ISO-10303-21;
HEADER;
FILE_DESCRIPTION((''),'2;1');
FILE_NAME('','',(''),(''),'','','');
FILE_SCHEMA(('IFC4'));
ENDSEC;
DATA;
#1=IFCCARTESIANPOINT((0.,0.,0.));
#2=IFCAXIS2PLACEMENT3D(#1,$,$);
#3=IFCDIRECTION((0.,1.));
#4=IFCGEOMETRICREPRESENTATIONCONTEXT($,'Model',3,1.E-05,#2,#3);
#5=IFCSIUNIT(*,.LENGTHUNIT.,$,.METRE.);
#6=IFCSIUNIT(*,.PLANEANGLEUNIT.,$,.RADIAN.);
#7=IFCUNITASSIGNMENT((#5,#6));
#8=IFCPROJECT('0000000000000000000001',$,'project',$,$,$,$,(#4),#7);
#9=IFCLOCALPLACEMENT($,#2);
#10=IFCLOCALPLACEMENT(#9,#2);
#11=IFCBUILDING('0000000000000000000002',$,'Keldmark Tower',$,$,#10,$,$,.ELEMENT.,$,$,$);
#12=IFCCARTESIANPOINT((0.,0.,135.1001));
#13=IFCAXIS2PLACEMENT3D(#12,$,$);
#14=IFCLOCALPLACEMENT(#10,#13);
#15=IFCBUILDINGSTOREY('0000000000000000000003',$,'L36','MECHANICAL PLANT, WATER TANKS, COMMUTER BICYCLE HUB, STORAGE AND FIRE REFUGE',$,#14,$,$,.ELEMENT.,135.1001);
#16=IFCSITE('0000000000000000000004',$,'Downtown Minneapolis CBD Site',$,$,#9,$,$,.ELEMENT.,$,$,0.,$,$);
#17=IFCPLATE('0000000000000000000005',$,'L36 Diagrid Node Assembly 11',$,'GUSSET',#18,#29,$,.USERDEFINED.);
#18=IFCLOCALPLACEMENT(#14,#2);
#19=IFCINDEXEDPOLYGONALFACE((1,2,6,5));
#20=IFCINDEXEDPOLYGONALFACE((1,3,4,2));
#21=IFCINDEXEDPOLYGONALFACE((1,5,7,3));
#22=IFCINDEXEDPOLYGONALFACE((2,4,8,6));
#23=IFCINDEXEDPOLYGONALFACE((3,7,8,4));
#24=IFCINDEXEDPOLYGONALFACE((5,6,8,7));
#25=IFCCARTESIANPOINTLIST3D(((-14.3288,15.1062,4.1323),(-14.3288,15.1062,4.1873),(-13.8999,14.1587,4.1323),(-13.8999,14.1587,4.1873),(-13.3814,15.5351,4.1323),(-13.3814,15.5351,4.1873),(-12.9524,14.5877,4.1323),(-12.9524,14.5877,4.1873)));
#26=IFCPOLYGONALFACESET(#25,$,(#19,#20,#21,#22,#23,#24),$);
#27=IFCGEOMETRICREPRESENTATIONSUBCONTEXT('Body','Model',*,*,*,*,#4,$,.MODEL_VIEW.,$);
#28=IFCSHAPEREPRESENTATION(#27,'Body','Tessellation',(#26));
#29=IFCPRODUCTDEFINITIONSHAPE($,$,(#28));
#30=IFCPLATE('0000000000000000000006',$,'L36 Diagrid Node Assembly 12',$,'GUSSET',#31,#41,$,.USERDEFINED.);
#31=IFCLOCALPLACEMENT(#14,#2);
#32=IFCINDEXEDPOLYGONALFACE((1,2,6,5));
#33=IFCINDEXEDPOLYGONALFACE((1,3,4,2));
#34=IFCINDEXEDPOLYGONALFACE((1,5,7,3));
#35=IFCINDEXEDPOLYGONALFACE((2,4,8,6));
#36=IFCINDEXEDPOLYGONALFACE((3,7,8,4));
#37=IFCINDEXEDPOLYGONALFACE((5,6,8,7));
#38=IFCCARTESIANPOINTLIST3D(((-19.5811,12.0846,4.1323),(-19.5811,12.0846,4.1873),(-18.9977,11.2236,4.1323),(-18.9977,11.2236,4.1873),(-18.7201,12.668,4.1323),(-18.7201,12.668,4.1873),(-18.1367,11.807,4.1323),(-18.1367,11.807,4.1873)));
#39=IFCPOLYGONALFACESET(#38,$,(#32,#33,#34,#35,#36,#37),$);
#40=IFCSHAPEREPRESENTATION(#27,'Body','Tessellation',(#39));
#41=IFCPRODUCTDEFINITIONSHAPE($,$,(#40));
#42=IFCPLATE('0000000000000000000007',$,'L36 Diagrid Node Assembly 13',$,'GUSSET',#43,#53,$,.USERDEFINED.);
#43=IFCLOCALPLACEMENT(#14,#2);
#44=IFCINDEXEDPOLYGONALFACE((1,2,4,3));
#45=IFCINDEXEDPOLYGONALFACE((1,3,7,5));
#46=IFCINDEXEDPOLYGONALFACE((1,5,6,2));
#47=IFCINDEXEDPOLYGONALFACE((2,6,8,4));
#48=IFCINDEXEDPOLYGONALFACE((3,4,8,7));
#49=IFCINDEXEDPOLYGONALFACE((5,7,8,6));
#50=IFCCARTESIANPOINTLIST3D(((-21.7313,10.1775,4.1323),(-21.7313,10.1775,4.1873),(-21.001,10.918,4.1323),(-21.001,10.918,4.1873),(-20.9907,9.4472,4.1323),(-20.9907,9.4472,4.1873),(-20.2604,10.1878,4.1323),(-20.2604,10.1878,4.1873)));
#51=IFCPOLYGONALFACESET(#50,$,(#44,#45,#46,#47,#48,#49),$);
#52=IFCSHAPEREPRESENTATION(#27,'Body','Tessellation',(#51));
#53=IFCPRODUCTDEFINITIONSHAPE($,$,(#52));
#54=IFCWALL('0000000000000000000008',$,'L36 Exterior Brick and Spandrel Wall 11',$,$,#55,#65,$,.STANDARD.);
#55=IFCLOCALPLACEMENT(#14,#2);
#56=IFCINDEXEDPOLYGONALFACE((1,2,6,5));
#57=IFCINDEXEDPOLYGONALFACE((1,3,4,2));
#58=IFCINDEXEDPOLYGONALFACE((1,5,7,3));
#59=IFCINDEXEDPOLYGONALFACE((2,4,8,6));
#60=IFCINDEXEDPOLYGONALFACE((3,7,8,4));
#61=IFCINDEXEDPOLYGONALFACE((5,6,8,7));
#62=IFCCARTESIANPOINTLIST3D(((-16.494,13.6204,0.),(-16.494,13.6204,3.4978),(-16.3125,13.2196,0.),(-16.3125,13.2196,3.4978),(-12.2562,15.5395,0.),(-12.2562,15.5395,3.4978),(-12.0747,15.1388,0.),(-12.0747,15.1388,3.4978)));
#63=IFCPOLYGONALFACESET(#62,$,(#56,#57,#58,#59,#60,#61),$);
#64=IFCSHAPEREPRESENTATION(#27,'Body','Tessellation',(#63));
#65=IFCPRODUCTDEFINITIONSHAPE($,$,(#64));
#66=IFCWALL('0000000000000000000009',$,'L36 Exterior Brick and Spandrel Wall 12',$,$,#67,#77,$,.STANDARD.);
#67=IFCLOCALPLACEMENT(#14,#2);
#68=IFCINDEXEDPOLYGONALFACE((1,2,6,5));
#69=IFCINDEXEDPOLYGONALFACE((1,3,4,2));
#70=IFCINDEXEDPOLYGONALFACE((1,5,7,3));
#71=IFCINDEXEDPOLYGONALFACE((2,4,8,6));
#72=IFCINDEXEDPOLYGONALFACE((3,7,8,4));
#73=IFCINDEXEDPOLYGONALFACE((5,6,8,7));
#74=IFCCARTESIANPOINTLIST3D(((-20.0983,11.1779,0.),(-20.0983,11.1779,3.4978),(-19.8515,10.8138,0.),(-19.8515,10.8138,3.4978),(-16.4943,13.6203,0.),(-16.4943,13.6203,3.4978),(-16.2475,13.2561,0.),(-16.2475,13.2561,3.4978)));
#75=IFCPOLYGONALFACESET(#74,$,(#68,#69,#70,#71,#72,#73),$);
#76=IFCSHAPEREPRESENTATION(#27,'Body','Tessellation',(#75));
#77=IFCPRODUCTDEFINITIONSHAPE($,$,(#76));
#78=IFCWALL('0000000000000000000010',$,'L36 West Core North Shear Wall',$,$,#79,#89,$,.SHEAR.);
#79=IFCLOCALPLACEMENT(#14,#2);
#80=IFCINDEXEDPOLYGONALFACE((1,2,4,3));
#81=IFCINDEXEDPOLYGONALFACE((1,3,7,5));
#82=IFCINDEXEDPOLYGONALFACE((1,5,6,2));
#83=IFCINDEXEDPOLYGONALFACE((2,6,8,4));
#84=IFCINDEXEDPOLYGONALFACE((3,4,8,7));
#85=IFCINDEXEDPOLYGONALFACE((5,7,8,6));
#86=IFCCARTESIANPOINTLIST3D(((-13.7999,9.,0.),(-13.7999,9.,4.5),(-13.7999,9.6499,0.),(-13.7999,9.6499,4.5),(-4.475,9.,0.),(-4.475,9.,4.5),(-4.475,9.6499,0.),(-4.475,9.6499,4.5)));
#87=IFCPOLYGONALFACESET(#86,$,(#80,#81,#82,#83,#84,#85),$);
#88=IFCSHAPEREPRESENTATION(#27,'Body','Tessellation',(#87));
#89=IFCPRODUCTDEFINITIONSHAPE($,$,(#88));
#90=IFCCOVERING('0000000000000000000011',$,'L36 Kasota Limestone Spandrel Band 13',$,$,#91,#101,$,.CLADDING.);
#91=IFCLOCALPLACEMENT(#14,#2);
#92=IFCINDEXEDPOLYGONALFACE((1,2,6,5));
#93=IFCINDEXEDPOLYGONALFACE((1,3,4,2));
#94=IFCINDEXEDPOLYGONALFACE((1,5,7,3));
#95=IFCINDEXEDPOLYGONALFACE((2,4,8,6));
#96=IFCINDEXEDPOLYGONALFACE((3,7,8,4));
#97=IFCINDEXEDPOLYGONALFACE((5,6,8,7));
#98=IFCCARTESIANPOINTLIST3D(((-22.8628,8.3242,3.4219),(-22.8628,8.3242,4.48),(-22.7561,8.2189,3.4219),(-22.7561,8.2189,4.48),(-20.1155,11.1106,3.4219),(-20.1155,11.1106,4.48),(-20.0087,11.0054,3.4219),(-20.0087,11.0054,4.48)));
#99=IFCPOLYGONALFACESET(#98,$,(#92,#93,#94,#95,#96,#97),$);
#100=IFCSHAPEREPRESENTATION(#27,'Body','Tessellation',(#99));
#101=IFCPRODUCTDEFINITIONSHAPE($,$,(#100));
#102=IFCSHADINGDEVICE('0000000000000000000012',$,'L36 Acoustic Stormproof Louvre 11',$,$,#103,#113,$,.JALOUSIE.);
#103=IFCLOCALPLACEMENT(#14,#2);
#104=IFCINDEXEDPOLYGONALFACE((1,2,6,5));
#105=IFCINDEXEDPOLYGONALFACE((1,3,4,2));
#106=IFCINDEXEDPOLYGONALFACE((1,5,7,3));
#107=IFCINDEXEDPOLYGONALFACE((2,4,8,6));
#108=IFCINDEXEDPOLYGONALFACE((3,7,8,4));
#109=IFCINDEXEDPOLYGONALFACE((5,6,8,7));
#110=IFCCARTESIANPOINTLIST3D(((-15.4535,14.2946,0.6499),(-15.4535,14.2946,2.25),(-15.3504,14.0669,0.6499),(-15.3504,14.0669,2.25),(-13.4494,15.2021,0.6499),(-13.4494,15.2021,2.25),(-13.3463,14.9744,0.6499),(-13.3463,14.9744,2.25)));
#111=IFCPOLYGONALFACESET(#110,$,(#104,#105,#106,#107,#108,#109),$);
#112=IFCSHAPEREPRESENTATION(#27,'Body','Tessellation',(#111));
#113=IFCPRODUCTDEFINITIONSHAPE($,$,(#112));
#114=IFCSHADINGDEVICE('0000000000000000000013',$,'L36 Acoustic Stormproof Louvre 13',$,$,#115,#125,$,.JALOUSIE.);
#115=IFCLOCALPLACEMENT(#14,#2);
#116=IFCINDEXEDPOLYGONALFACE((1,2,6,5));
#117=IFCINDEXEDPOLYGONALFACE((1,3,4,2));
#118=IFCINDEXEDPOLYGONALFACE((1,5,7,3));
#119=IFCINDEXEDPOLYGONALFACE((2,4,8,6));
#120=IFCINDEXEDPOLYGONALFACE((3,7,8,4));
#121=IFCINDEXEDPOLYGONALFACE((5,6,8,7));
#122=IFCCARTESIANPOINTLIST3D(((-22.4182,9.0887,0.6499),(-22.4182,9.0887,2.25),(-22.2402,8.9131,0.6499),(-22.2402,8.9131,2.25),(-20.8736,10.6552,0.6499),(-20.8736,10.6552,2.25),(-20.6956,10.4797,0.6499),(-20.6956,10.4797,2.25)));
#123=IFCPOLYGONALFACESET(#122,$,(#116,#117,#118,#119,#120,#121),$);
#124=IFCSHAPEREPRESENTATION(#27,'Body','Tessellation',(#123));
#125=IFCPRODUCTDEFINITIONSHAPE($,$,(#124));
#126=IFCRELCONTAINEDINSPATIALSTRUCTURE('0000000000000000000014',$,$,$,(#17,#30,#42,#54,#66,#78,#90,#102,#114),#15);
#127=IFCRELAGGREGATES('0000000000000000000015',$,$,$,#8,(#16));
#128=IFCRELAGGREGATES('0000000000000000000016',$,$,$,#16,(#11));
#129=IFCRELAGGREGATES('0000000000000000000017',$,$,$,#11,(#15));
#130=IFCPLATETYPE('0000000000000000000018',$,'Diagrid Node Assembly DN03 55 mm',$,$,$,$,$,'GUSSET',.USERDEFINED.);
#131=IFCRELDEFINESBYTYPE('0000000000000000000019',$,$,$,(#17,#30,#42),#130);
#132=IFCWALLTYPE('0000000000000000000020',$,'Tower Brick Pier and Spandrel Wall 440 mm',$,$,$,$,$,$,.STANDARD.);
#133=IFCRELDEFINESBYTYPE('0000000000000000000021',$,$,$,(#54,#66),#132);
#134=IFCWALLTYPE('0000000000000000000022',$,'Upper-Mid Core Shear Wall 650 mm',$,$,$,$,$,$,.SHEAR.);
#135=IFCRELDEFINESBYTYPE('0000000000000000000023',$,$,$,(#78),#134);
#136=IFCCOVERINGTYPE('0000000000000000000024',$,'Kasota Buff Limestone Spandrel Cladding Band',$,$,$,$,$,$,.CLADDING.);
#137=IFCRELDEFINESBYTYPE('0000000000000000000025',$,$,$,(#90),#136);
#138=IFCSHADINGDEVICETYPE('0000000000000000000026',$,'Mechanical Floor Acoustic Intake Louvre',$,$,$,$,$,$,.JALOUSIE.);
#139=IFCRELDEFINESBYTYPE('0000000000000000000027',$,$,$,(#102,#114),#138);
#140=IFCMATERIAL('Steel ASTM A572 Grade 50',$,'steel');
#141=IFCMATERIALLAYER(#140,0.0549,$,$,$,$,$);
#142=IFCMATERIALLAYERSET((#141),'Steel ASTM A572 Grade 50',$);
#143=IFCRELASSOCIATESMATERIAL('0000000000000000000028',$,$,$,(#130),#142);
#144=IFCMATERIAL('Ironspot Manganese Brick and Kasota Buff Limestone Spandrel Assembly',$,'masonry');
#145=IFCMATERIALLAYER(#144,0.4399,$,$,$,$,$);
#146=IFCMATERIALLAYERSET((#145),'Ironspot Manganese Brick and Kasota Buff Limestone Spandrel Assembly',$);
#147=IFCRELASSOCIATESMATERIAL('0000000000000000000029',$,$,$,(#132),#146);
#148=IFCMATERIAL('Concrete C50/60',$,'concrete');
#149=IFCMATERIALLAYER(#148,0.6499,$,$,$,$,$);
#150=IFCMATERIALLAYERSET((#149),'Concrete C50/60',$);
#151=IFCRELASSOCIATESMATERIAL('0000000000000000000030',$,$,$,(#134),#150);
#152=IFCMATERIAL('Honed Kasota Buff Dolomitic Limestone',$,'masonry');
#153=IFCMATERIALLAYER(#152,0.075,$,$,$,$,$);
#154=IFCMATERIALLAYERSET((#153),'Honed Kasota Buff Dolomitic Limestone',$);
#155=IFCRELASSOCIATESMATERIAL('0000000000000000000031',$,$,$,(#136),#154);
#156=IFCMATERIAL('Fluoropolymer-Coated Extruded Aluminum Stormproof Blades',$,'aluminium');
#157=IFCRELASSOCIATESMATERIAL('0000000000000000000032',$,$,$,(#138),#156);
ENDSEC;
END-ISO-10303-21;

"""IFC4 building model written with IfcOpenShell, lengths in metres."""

from ifc_helpers import new_model, si_unit, direction, frame, frame_2d, origin, origin_2d, place, context, subcontext, project, spatial, rectangle, extrude, material, layer, layer_set, type_object, element, save


model = new_model("IFC4")

# Units and contexts
model_context = context("Model", 3, precision=1e-05, world=origin(), true_north=direction((0.0, 1.0)))
body_context = subcontext(model_context, "Body", "Model", "MODEL_VIEW")
ifc_project = project(units=[si_unit("LENGTHUNIT", "METRE"), si_unit("PLANEANGLEUNIT", "RADIAN")], contexts=[model_context])

# Site, building, storey
site_placement = place(None, origin())
site = spatial("IfcSite", under=ifc_project, at=site_placement, Name="Downtown Minneapolis CBD Site", CompositionType="ELEMENT", RefElevation=0.0)
building_placement = place(site_placement, origin())
building = spatial("IfcBuilding", under=site, at=building_placement, Name="Keldmark Tower", CompositionType="ELEMENT")
storey_placement = place(building_placement, frame((0.0, 0.0, 135.1001)))
storey = spatial("IfcBuildingStorey", under=building, at=storey_placement, Name="L36", Description="MECHANICAL PLANT, WATER TANKS, COMMUTER BICYCLE HUB, STORAGE AND FIRE REFUGE", CompositionType="ELEMENT", Elevation=135.1001)

# Plates
ifc_material_1 = material(Name="Steel ASTM A572 Grade 50", Category="steel")
ifc_layer_1 = layer(ifc_material_1, 0.0549)
ifc_layer_set_1 = layer_set([ifc_layer_1], Name="Steel ASTM A572 Grade 50")
plate_type_1 = type_object("IfcPlateType", Name="Diagrid Node Assembly DN03 55 mm", ElementType="GUSSET", PredefinedType="USERDEFINED", material=ifc_layer_set_1)
for number, where, z_axis, x_axis, name in (
    (1, (-13.6406, 14.8469, 4.1323), (0.0, 0.0, 1.0), (-0.910972, -0.412469, 0.0), "L36 Diagrid Node Assembly 11"),
    (2, (-18.8589, 11.9458, 4.1323), (0.0, 0.0, 1.0), (-0.827865, -0.560928, 0.0), "L36 Diagrid Node Assembly 12"),
    (3, (-20.9958, 10.1826, 4.1323), (0.0, 0.0, 1.0), (-0.702153, -0.712026, 0.0), "L36 Diagrid Node Assembly 13"),
):
    element("IfcPlate", number, at=place(storey_placement, frame(where, z_axis=z_axis, x_axis=x_axis)), inside=storey, type_object=plate_type_1, Name=name, ObjectType="GUSSET", PredefinedType="USERDEFINED", context=body_context, shape_type="SweptSolid", body=[
        extrude(rectangle(XDim=1.04, YDim=1.04, at=origin_2d()), origin(), (0.0, 0.0, 1.0), 0.0549),
    ])

# Walls
ifc_material_2 = material(Name="Ironspot Manganese Brick and Kasota Buff Limestone Spandrel Assembly", Category="masonry")
ifc_layer_2 = layer(ifc_material_2, 0.4399)
ifc_layer_set_2 = layer_set([ifc_layer_2], Name="Ironspot Manganese Brick and Kasota Buff Limestone Spandrel Assembly")
wall_type_1 = type_object("IfcWallType", Name="Tower Brick Pier and Spandrel Wall 440 mm", PredefinedType="STANDARD", material=ifc_layer_set_2)
wall_1_placement = place(storey_placement, frame((-16.4033, 13.4199, 0.0), z_axis=(0.0, 0.0, 1.0), x_axis=(0.910939, 0.412541, 0.0)))
element("IfcWall", 4, at=wall_1_placement, inside=storey, type_object=wall_type_1, Name="L36 Exterior Brick and Spandrel Wall 11", PredefinedType="STANDARD", context=body_context, shape_type="SweptSolid", body=[
    extrude(rectangle(XDim=4.6521, YDim=0.4399, at=frame_2d((2.3262, 0.0))), origin(), (0.0, 0.0, 1.0), 3.4978),
])
wall_2_placement = place(storey_placement, frame((-19.9749, 10.9958, 0.0), z_axis=(0.0, 0.0, 1.0), x_axis=(0.827816, 0.560999, 0.0)))
element("IfcWall", 5, at=wall_2_placement, inside=storey, type_object=wall_type_1, Name="L36 Exterior Brick and Spandrel Wall 12", PredefinedType="STANDARD", context=body_context, shape_type="SweptSolid", body=[
    extrude(rectangle(XDim=4.3535, YDim=0.4399, at=frame_2d((2.1768, 0.0))), origin(), (0.0, 0.0, 1.0), 3.4978),
])
ifc_material_3 = material(Name="Concrete C50/60", Category="concrete")
ifc_layer_3 = layer(ifc_material_3, 0.6499)
ifc_layer_set_3 = layer_set([ifc_layer_3], Name="Concrete C50/60")
wall_type_2 = type_object("IfcWallType", Name="Upper-Mid Core Shear Wall 650 mm", PredefinedType="SHEAR", material=ifc_layer_set_3)
wall_3_placement = place(storey_placement, frame((-13.8, 9.325, 0.0), z_axis=(0.0, 0.0, 1.0), x_axis=(1.0, 0.0, 0.0)))
element("IfcWall", 6, at=wall_3_placement, inside=storey, type_object=wall_type_2, Name="L36 West Core North Shear Wall", PredefinedType="SHEAR", context=body_context, shape_type="SweptSolid", body=[
    extrude(rectangle(XDim=9.325, YDim=0.6499, at=frame_2d((4.6626, 0.0))), origin(), (0.0, 0.0, 1.0), 4.5),
])

# Covering
ifc_material_4 = material(Name="Honed Kasota Buff Dolomitic Limestone", Category="masonry")
ifc_layer_4 = layer(ifc_material_4, 0.075)
ifc_layer_set_4 = layer_set([ifc_layer_4], Name="Honed Kasota Buff Dolomitic Limestone")
covering_type = type_object("IfcCoveringType", Name="Kasota Buff Limestone Spandrel Cladding Band", PredefinedType="CLADDING", material=ifc_layer_set_4)
covering_placement = place(storey_placement, frame((-21.4358, 9.6648, 3.4219), z_axis=(0.0, 0.0, 1.0), x_axis=(-0.702091, -0.712087, 0.0)))
element("IfcCovering", 7, at=covering_placement, inside=storey, type_object=covering_type, Name="L36 Kasota Limestone Spandrel Band 13", PredefinedType="CLADDING", context=body_context, shape_type="SweptSolid", body=[
    extrude(rectangle(XDim=3.9131, YDim=0.1499, at=origin_2d()), origin(), (0.0, 0.0, 1.0), 1.0581),
])

# Shading devices
ifc_material_5 = material(Name="Fluoropolymer-Coated Extruded Aluminum Stormproof Blades", Category="aluminium")
shading_device_type = type_object("IfcShadingDeviceType", Name="Mechanical Floor Acoustic Intake Louvre", PredefinedType="JALOUSIE", material=ifc_material_5)
for number, where, z_axis, x_axis, name in (
    (8, (-14.3999, 14.6345, 0.6499), (0.0, 0.0, 1.0), (-0.91095, -0.412516, 0.0), "L36 Acoustic Stormproof Louvre 11"),
    (9, (-21.5569, 9.7842, 0.6499), (0.0, 0.0, 1.0), (-0.702091, -0.712087, 0.0), "L36 Acoustic Stormproof Louvre 13"),
):
    element("IfcShadingDevice", number, at=place(storey_placement, frame(where, z_axis=z_axis, x_axis=x_axis)), inside=storey, type_object=shading_device_type, Name=name, PredefinedType="JALOUSIE", context=body_context, shape_type="SweptSolid", body=[
        extrude(rectangle(XDim=2.2, YDim=0.25, at=origin_2d()), origin(), (0.0, 0.0, 1.0), 1.6001),
    ])

save(model, "model.ifc")
